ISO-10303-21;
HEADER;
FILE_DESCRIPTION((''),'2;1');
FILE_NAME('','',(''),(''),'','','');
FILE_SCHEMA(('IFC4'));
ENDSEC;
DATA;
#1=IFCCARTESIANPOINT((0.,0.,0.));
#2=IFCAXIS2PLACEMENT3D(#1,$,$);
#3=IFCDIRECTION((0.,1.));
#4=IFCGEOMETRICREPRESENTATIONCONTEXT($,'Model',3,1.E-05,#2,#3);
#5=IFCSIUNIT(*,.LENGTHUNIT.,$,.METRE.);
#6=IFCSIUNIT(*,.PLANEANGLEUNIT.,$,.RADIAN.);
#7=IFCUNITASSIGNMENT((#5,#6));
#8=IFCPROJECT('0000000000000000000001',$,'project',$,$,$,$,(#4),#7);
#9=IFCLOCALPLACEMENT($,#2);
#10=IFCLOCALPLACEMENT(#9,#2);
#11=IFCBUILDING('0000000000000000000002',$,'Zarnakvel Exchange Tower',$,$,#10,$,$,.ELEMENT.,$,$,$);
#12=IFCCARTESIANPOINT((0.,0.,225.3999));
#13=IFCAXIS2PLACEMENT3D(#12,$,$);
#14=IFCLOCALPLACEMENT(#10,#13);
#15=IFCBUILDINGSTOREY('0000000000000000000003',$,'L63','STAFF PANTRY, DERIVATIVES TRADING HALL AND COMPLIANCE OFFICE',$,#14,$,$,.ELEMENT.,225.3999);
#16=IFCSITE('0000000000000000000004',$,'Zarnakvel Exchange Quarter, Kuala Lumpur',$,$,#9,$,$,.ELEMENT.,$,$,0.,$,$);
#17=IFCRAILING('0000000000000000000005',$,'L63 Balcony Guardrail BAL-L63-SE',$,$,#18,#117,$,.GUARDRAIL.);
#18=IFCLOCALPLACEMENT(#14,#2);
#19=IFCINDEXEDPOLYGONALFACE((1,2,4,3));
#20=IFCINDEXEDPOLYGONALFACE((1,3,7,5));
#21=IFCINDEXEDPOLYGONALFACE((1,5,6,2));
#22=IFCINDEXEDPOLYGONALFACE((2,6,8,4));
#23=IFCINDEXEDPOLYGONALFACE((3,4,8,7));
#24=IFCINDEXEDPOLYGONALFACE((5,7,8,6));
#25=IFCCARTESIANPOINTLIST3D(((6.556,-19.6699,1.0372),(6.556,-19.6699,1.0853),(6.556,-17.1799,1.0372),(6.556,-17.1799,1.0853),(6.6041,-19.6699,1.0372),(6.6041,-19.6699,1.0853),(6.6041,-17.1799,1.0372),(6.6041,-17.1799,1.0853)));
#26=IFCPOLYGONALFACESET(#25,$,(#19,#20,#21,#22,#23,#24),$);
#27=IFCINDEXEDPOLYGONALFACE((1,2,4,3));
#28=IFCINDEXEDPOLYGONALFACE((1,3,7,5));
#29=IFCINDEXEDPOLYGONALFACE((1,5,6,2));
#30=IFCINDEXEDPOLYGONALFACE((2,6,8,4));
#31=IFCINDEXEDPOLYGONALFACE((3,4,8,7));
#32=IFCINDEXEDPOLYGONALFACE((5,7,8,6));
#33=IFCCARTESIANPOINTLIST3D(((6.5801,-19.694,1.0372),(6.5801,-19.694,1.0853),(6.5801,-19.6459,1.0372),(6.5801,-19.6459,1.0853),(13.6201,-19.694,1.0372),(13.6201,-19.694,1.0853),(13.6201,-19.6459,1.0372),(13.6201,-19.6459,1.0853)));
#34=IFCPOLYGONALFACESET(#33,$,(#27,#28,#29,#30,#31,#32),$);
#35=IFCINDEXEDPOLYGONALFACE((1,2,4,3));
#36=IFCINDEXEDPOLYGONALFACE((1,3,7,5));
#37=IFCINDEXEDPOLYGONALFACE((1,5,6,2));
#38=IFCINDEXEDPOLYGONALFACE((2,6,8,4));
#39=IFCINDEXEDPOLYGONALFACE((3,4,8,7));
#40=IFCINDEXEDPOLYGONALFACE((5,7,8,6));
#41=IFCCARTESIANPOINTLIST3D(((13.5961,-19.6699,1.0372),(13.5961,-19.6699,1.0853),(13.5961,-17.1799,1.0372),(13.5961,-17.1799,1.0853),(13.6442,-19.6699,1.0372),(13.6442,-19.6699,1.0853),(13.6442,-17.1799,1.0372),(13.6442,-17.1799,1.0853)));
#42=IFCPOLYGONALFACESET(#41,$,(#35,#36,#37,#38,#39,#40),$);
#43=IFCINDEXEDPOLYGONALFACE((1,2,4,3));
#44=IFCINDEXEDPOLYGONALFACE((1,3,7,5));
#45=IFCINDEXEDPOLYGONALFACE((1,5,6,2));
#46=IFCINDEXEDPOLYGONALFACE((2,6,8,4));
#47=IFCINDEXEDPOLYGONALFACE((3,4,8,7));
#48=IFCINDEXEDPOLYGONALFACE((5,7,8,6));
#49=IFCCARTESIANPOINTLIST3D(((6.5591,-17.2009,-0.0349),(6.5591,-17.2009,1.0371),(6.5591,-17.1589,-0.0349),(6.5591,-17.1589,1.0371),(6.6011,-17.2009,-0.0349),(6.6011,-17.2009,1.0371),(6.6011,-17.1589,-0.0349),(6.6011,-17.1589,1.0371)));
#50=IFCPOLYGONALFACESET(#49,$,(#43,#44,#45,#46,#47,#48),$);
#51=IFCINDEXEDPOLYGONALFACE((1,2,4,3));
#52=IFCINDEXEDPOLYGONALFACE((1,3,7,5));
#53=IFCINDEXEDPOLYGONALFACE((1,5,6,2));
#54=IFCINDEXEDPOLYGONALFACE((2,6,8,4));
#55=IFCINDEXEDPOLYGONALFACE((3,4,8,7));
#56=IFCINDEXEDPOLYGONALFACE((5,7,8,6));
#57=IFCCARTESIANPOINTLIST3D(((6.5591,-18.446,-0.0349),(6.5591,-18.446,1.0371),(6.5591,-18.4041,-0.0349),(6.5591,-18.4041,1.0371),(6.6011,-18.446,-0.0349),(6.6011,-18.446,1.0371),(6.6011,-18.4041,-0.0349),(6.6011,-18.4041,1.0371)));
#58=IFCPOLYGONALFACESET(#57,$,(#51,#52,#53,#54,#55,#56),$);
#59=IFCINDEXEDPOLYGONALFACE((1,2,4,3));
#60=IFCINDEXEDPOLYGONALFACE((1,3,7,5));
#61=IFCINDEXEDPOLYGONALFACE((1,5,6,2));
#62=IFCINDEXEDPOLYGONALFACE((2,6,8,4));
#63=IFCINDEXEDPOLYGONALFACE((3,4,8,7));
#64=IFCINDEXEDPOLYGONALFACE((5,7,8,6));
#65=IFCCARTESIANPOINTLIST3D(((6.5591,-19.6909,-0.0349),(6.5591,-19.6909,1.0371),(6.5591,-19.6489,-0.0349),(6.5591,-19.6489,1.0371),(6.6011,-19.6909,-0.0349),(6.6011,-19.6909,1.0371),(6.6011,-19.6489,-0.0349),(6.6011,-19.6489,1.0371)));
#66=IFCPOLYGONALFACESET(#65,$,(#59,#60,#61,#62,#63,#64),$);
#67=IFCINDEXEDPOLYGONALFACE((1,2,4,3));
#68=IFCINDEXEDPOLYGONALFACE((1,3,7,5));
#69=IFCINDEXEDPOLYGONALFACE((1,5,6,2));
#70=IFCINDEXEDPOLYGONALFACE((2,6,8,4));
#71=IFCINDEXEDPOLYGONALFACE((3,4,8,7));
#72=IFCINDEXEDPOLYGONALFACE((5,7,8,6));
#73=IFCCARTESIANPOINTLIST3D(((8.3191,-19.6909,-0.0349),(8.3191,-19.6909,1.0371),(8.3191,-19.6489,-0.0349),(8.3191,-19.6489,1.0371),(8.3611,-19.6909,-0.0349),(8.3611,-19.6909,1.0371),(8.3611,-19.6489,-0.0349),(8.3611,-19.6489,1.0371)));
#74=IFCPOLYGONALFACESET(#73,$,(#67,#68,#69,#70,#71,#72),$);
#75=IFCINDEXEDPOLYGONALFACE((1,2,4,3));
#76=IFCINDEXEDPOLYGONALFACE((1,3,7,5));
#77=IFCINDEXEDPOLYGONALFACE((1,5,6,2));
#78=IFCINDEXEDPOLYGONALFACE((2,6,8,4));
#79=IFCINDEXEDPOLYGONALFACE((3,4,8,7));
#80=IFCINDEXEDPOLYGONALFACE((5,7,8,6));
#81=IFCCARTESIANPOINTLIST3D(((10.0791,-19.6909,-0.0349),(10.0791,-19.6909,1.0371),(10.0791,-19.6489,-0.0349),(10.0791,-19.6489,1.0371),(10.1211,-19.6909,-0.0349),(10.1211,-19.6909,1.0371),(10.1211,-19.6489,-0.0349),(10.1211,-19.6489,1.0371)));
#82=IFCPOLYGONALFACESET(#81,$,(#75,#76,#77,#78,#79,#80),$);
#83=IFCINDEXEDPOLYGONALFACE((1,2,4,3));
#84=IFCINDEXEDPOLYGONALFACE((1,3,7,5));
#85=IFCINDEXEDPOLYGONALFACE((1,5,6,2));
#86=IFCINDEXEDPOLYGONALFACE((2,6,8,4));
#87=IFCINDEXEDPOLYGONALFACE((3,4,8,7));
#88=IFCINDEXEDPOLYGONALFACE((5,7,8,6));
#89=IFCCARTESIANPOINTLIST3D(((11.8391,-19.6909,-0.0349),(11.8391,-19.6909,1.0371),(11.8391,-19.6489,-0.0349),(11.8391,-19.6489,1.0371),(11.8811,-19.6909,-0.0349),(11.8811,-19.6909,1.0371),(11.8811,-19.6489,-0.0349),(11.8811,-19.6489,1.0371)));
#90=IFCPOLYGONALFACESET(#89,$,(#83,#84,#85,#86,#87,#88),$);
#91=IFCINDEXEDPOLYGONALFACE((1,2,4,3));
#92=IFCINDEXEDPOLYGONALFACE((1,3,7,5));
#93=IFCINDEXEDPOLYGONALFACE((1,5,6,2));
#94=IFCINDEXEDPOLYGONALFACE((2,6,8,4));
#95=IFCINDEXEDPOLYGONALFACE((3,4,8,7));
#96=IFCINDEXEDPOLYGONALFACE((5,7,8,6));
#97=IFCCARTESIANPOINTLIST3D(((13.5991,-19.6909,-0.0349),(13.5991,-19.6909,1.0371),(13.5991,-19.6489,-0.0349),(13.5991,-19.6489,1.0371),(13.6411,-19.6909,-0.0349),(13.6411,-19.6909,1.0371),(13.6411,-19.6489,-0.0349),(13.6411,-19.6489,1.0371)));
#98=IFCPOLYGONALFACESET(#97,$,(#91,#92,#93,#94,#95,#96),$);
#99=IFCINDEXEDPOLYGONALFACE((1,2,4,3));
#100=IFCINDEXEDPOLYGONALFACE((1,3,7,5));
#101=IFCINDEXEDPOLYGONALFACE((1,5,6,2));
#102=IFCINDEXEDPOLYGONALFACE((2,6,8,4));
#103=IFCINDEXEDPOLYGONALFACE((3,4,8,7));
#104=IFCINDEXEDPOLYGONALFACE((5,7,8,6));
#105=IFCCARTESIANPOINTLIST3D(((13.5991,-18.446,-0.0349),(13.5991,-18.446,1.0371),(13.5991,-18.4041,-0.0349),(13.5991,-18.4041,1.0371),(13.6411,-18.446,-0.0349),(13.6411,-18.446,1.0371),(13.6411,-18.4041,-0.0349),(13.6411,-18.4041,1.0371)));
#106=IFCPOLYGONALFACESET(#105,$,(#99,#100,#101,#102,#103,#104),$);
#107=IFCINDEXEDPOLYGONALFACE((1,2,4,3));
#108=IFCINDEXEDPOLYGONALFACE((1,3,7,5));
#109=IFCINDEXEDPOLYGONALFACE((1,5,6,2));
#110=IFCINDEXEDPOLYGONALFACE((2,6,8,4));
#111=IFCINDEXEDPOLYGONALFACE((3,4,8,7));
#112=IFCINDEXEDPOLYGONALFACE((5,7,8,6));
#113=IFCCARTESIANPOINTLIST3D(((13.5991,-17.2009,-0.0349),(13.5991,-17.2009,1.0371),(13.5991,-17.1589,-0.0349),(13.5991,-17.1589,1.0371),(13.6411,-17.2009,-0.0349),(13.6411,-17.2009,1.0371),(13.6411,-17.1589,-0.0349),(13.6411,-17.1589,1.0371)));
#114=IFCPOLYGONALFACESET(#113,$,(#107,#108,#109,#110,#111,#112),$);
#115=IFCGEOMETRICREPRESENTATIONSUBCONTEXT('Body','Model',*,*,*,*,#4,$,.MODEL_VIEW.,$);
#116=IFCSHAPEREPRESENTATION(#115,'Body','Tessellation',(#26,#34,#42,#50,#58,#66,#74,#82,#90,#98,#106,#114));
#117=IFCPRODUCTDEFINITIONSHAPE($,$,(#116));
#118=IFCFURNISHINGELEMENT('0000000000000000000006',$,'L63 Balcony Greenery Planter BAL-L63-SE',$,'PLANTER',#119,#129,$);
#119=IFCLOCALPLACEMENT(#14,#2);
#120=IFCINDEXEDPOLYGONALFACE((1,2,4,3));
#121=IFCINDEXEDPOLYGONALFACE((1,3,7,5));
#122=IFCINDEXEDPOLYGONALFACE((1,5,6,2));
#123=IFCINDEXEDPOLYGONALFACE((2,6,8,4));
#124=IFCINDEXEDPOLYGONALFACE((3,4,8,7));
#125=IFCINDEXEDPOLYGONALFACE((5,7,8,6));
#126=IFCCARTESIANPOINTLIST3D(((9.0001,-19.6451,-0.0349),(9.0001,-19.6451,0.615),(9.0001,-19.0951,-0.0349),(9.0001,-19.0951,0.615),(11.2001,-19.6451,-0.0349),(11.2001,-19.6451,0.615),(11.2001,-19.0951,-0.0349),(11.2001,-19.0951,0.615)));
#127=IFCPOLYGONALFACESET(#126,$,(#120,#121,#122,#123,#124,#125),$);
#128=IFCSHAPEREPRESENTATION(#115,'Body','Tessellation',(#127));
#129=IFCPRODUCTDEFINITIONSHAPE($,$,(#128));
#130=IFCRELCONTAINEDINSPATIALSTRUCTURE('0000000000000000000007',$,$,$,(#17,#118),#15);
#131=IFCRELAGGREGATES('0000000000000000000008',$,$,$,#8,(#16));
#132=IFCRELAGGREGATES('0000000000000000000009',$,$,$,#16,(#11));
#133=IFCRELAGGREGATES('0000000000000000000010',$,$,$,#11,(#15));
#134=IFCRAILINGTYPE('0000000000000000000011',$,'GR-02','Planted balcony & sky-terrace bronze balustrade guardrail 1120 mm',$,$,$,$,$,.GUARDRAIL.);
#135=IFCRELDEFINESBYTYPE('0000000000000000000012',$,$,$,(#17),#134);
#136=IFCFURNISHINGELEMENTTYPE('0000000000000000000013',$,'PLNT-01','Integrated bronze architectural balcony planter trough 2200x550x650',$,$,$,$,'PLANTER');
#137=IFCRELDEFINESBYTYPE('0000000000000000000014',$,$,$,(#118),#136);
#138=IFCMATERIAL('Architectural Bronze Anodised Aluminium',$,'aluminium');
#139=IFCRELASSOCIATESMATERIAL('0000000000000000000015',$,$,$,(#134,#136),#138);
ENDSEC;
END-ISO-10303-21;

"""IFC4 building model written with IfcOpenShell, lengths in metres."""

from ifc_helpers import new_model, si_unit, direction, frame, origin, origin_2d, place, context, subcontext, project, spatial, rectangle, extrude, source, transform, mapped, material, type_object, element, save


model = new_model("IFC4")

# Units and contexts
model_context = context("Model", 3, precision=1e-05, world=origin(), true_north=direction((0.0, 1.0)))
body_context = subcontext(model_context, "Body", "Model", "MODEL_VIEW")
ifc_project = project(units=[si_unit("LENGTHUNIT", "METRE"), si_unit("PLANEANGLEUNIT", "RADIAN")], contexts=[model_context])

# Site, building, storey
site_placement = place(None, origin())
site = spatial("IfcSite", under=ifc_project, at=site_placement, Name="Zarnakvel Exchange Quarter, Kuala Lumpur", CompositionType="ELEMENT", RefElevation=0.0)
building_placement = place(site_placement, origin())
building = spatial("IfcBuilding", under=site, at=building_placement, Name="Zarnakvel Exchange Tower", CompositionType="ELEMENT")
storey_placement = place(building_placement, frame((0.0, 0.0, 225.3999)))
storey = spatial("IfcBuildingStorey", under=building, at=storey_placement, Name="L63", Description="STAFF PANTRY, DERIVATIVES TRADING HALL AND COMPLIANCE OFFICE", CompositionType="ELEMENT", Elevation=225.3999)

# Shared definitions
ifc_material_1 = material(Name="Architectural Bronze Anodised Aluminium", Category="aluminium")

# Railing
railing_type = type_object("IfcRailingType", Name="GR-02", Description="Planted balcony & sky-terrace bronze balustrade guardrail 1120 mm", PredefinedType="GUARDRAIL", material=ifc_material_1)
railing_placement = place(storey_placement, frame((6.5801, -17.1799, -0.0349)))
element("IfcRailing", 1, at=railing_placement, inside=storey, type_object=railing_type, Name="L63 Balcony Guardrail BAL-L63-SE", PredefinedType="GUARDRAIL", context=body_context, shape_type="SweptSolid", body=[
    extrude(rectangle(XDim=0.0481, YDim=0.0481, at=origin_2d()), frame((0.0, 0.0, 1.0962), z_axis=(0.0, -1.0, 0.0), x_axis=(1.0, 0.0, 0.0)), (0.0, 0.0, 1.0), 2.49),
    extrude(rectangle(XDim=0.0481, YDim=0.0481, at=origin_2d()), frame((0.0, -2.49, 1.0962), z_axis=(1.0, 0.0, 0.0), x_axis=(0.0, 1.0, 0.0)), (0.0, 0.0, 1.0), 7.04),
    extrude(rectangle(XDim=0.0481, YDim=0.0481, at=origin_2d()), frame((7.04, -2.49, 1.0962), z_axis=(0.0, 1.0, 0.0), x_axis=(-1.0, 0.0, 0.0)), (0.0, 0.0, 1.0), 2.49),
    extrude(rectangle(XDim=0.042, YDim=0.042, at=origin_2d()), origin(), (0.0, 0.0, 1.0), 1.072),
    extrude(rectangle(XDim=0.042, YDim=0.042, at=origin_2d()), frame((0.0, -1.2451, 0.0)), (0.0, 0.0, 1.0), 1.072),
    extrude(rectangle(XDim=0.042, YDim=0.042, at=origin_2d()), frame((0.0, -2.49, 0.0)), (0.0, 0.0, 1.0), 1.072),
    extrude(rectangle(XDim=0.042, YDim=0.042, at=origin_2d()), frame((1.76, -2.49, 0.0)), (0.0, 0.0, 1.0), 1.072),
    extrude(rectangle(XDim=0.042, YDim=0.042, at=origin_2d()), frame((3.52, -2.49, 0.0)), (0.0, 0.0, 1.0), 1.072),
    extrude(rectangle(XDim=0.042, YDim=0.042, at=origin_2d()), frame((5.28, -2.49, 0.0)), (0.0, 0.0, 1.0), 1.072),
    extrude(rectangle(XDim=0.042, YDim=0.042, at=origin_2d()), frame((7.04, -2.49, 0.0)), (0.0, 0.0, 1.0), 1.072),
    extrude(rectangle(XDim=0.042, YDim=0.042, at=origin_2d()), frame((7.04, -1.2451, 0.0)), (0.0, 0.0, 1.0), 1.072),
    extrude(rectangle(XDim=0.042, YDim=0.042, at=origin_2d()), frame((7.04, 0.0, 0.0)), (0.0, 0.0, 1.0), 1.072),
])

# Furnishing element
furnishing_element_type = type_object("IfcFurnishingElementType", Name="PLNT-01", Description="Integrated bronze architectural balcony planter trough 2200x550x650", ElementType="PLANTER", material=ifc_material_1)
shared_shape_1 = source(origin(), body_context, "Body", "SweptSolid", [
    extrude(rectangle(XDim=2.2, YDim=0.55, at=origin_2d()), origin(), (0.0, 0.0, 1.0), 0.6499),
])
furnishing_placement = place(storey_placement, frame((10.1001, -19.3701, -0.0349), z_axis=(0.0, 0.0, 1.0), x_axis=(1.0, 0.0, 0.0)))
element("IfcFurnishingElement", 2, at=furnishing_placement, inside=storey, type_object=furnishing_element_type, Name="L63 Balcony Greenery Planter BAL-L63-SE", ObjectType="PLANTER", context=body_context, shape_type="MappedRepresentation", body=[
    mapped(shared_shape_1, transform((0.0, 0.0, 0.0), x_axis=(1.0, 0.0, 0.0), y_axis=(0.0, 1.0, 0.0), z_axis=(0.0, 0.0, 1.0), scale=1.0)),
])

save(model, "model.ifc")
